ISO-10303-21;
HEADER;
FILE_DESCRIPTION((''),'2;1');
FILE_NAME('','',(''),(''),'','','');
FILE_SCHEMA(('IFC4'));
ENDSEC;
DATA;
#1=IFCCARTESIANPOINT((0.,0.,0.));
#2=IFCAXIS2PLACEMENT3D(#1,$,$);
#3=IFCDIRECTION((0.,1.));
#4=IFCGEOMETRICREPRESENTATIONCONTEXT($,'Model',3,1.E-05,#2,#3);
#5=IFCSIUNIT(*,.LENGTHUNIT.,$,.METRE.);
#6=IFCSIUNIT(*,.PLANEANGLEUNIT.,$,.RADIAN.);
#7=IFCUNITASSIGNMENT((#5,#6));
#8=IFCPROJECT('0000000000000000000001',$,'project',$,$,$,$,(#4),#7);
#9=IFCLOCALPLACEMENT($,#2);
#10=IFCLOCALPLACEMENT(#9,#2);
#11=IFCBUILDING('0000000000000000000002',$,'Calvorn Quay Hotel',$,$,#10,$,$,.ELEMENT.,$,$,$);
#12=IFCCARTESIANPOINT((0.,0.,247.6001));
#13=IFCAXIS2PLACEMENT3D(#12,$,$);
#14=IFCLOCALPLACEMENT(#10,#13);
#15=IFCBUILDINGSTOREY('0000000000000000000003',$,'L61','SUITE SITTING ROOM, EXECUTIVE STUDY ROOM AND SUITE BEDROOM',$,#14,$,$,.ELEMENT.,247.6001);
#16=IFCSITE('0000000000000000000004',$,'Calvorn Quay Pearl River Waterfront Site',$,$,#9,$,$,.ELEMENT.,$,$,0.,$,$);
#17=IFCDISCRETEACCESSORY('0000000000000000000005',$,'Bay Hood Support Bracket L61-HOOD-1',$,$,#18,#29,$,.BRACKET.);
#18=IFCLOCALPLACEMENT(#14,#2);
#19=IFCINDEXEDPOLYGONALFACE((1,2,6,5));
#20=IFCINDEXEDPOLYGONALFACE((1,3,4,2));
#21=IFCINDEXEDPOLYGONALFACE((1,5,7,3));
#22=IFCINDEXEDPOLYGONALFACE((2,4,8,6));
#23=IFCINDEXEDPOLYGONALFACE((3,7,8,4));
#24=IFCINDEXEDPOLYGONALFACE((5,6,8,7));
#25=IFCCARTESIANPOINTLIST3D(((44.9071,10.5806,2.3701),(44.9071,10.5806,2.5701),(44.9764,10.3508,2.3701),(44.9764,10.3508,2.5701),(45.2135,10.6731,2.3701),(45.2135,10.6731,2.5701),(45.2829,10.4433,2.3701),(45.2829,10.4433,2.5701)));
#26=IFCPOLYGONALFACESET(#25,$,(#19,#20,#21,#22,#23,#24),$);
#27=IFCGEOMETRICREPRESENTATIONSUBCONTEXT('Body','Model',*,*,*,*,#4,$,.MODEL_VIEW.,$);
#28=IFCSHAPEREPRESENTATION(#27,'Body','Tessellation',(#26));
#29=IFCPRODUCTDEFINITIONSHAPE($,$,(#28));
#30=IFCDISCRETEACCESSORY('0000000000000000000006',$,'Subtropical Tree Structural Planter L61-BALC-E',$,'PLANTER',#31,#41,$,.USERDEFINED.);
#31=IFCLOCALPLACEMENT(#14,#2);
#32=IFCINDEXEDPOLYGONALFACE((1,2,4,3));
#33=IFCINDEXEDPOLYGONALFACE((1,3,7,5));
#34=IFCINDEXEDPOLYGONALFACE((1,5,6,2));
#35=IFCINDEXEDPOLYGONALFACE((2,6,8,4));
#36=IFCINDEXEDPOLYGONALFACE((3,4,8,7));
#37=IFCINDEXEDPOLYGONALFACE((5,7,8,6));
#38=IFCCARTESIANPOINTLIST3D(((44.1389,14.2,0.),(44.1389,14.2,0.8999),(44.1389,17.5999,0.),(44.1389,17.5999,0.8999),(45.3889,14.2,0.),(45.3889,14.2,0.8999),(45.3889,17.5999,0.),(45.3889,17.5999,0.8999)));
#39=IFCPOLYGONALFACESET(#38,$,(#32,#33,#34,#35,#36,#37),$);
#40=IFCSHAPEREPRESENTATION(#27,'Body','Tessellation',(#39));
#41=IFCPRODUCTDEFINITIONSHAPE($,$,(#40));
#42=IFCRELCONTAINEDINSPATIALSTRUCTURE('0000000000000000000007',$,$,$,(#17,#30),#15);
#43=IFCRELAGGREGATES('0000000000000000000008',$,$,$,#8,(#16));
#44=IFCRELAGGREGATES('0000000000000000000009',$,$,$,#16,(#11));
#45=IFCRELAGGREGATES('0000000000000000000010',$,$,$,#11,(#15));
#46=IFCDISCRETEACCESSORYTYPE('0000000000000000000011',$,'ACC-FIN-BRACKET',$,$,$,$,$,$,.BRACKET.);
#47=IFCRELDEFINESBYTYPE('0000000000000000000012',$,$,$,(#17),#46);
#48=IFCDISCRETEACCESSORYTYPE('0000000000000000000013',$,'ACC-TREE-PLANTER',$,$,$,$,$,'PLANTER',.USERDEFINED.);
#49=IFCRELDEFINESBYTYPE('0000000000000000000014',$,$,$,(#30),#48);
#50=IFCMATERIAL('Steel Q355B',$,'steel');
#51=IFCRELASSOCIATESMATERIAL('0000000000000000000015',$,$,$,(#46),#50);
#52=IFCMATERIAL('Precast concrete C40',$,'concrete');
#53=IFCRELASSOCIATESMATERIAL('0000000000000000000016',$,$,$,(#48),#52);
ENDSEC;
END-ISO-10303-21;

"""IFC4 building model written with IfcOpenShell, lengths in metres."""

from ifc_helpers import new_model, si_unit, direction, frame, origin, origin_2d, place, context, subcontext, project, spatial, rectangle, extrude, material, type_object, element, save


model = new_model("IFC4")

# Units and contexts
model_context = context("Model", 3, precision=1e-05, world=origin(), true_north=direction((0.0, 1.0)))
body_context = subcontext(model_context, "Body", "Model", "MODEL_VIEW")
ifc_project = project(units=[si_unit("LENGTHUNIT", "METRE"), si_unit("PLANEANGLEUNIT", "RADIAN")], contexts=[model_context])

# Site, building, storey
site_placement = place(None, origin())
site = spatial("IfcSite", under=ifc_project, at=site_placement, Name="Calvorn Quay Pearl River Waterfront Site", CompositionType="ELEMENT", RefElevation=0.0)
building_placement = place(site_placement, origin())
building = spatial("IfcBuilding", under=site, at=building_placement, Name="Calvorn Quay Hotel", CompositionType="ELEMENT")
storey_placement = place(building_placement, frame((0.0, 0.0, 247.6001)))
storey = spatial("IfcBuildingStorey", under=building, at=storey_placement, Name="L61", Description="SUITE SITTING ROOM, EXECUTIVE STUDY ROOM AND SUITE BEDROOM", CompositionType="ELEMENT", Elevation=247.6001)

# Discrete accessories
ifc_material_1 = material(Name="Steel Q355B", Category="steel")
discrete_accessory_type_1 = type_object("IfcDiscreteAccessoryType", Name="ACC-FIN-BRACKET", PredefinedType="BRACKET", material=ifc_material_1)
discrete_accessory_1_placement = place(storey_placement, frame((45.095, 10.512, 2.3701), z_axis=(0.0, 0.0, 1.0), x_axis=(0.957319, 0.289032, 0.0)))
element("IfcDiscreteAccessory", 1, at=discrete_accessory_1_placement, inside=storey, type_object=discrete_accessory_type_1, Name="Bay Hood Support Bracket L61-HOOD-1", PredefinedType="BRACKET", context=body_context, shape_type="SweptSolid", body=[
    extrude(rectangle(XDim=0.3201, YDim=0.24, at=origin_2d()), origin(), (0.0, 0.0, 1.0), 0.2),
])
ifc_material_2 = material(Name="Precast concrete C40", Category="concrete")
discrete_accessory_type_2 = type_object("IfcDiscreteAccessoryType", Name="ACC-TREE-PLANTER", ElementType="PLANTER", PredefinedType="USERDEFINED", material=ifc_material_2)
discrete_accessory_2_placement = place(storey_placement, frame((44.7639, 15.8999, 0.0), z_axis=(0.0, 0.0, 1.0), x_axis=(1.0, 0.0, 0.0)))
element("IfcDiscreteAccessory", 2, at=discrete_accessory_2_placement, inside=storey, type_object=discrete_accessory_type_2, Name="Subtropical Tree Structural Planter L61-BALC-E", ObjectType="PLANTER", PredefinedType="USERDEFINED", context=body_context, shape_type="SweptSolid", body=[
    extrude(rectangle(XDim=1.25, YDim=3.3999, at=origin_2d()), origin(), (0.0, 0.0, 1.0), 0.8999),
])

save(model, "model.ifc")
